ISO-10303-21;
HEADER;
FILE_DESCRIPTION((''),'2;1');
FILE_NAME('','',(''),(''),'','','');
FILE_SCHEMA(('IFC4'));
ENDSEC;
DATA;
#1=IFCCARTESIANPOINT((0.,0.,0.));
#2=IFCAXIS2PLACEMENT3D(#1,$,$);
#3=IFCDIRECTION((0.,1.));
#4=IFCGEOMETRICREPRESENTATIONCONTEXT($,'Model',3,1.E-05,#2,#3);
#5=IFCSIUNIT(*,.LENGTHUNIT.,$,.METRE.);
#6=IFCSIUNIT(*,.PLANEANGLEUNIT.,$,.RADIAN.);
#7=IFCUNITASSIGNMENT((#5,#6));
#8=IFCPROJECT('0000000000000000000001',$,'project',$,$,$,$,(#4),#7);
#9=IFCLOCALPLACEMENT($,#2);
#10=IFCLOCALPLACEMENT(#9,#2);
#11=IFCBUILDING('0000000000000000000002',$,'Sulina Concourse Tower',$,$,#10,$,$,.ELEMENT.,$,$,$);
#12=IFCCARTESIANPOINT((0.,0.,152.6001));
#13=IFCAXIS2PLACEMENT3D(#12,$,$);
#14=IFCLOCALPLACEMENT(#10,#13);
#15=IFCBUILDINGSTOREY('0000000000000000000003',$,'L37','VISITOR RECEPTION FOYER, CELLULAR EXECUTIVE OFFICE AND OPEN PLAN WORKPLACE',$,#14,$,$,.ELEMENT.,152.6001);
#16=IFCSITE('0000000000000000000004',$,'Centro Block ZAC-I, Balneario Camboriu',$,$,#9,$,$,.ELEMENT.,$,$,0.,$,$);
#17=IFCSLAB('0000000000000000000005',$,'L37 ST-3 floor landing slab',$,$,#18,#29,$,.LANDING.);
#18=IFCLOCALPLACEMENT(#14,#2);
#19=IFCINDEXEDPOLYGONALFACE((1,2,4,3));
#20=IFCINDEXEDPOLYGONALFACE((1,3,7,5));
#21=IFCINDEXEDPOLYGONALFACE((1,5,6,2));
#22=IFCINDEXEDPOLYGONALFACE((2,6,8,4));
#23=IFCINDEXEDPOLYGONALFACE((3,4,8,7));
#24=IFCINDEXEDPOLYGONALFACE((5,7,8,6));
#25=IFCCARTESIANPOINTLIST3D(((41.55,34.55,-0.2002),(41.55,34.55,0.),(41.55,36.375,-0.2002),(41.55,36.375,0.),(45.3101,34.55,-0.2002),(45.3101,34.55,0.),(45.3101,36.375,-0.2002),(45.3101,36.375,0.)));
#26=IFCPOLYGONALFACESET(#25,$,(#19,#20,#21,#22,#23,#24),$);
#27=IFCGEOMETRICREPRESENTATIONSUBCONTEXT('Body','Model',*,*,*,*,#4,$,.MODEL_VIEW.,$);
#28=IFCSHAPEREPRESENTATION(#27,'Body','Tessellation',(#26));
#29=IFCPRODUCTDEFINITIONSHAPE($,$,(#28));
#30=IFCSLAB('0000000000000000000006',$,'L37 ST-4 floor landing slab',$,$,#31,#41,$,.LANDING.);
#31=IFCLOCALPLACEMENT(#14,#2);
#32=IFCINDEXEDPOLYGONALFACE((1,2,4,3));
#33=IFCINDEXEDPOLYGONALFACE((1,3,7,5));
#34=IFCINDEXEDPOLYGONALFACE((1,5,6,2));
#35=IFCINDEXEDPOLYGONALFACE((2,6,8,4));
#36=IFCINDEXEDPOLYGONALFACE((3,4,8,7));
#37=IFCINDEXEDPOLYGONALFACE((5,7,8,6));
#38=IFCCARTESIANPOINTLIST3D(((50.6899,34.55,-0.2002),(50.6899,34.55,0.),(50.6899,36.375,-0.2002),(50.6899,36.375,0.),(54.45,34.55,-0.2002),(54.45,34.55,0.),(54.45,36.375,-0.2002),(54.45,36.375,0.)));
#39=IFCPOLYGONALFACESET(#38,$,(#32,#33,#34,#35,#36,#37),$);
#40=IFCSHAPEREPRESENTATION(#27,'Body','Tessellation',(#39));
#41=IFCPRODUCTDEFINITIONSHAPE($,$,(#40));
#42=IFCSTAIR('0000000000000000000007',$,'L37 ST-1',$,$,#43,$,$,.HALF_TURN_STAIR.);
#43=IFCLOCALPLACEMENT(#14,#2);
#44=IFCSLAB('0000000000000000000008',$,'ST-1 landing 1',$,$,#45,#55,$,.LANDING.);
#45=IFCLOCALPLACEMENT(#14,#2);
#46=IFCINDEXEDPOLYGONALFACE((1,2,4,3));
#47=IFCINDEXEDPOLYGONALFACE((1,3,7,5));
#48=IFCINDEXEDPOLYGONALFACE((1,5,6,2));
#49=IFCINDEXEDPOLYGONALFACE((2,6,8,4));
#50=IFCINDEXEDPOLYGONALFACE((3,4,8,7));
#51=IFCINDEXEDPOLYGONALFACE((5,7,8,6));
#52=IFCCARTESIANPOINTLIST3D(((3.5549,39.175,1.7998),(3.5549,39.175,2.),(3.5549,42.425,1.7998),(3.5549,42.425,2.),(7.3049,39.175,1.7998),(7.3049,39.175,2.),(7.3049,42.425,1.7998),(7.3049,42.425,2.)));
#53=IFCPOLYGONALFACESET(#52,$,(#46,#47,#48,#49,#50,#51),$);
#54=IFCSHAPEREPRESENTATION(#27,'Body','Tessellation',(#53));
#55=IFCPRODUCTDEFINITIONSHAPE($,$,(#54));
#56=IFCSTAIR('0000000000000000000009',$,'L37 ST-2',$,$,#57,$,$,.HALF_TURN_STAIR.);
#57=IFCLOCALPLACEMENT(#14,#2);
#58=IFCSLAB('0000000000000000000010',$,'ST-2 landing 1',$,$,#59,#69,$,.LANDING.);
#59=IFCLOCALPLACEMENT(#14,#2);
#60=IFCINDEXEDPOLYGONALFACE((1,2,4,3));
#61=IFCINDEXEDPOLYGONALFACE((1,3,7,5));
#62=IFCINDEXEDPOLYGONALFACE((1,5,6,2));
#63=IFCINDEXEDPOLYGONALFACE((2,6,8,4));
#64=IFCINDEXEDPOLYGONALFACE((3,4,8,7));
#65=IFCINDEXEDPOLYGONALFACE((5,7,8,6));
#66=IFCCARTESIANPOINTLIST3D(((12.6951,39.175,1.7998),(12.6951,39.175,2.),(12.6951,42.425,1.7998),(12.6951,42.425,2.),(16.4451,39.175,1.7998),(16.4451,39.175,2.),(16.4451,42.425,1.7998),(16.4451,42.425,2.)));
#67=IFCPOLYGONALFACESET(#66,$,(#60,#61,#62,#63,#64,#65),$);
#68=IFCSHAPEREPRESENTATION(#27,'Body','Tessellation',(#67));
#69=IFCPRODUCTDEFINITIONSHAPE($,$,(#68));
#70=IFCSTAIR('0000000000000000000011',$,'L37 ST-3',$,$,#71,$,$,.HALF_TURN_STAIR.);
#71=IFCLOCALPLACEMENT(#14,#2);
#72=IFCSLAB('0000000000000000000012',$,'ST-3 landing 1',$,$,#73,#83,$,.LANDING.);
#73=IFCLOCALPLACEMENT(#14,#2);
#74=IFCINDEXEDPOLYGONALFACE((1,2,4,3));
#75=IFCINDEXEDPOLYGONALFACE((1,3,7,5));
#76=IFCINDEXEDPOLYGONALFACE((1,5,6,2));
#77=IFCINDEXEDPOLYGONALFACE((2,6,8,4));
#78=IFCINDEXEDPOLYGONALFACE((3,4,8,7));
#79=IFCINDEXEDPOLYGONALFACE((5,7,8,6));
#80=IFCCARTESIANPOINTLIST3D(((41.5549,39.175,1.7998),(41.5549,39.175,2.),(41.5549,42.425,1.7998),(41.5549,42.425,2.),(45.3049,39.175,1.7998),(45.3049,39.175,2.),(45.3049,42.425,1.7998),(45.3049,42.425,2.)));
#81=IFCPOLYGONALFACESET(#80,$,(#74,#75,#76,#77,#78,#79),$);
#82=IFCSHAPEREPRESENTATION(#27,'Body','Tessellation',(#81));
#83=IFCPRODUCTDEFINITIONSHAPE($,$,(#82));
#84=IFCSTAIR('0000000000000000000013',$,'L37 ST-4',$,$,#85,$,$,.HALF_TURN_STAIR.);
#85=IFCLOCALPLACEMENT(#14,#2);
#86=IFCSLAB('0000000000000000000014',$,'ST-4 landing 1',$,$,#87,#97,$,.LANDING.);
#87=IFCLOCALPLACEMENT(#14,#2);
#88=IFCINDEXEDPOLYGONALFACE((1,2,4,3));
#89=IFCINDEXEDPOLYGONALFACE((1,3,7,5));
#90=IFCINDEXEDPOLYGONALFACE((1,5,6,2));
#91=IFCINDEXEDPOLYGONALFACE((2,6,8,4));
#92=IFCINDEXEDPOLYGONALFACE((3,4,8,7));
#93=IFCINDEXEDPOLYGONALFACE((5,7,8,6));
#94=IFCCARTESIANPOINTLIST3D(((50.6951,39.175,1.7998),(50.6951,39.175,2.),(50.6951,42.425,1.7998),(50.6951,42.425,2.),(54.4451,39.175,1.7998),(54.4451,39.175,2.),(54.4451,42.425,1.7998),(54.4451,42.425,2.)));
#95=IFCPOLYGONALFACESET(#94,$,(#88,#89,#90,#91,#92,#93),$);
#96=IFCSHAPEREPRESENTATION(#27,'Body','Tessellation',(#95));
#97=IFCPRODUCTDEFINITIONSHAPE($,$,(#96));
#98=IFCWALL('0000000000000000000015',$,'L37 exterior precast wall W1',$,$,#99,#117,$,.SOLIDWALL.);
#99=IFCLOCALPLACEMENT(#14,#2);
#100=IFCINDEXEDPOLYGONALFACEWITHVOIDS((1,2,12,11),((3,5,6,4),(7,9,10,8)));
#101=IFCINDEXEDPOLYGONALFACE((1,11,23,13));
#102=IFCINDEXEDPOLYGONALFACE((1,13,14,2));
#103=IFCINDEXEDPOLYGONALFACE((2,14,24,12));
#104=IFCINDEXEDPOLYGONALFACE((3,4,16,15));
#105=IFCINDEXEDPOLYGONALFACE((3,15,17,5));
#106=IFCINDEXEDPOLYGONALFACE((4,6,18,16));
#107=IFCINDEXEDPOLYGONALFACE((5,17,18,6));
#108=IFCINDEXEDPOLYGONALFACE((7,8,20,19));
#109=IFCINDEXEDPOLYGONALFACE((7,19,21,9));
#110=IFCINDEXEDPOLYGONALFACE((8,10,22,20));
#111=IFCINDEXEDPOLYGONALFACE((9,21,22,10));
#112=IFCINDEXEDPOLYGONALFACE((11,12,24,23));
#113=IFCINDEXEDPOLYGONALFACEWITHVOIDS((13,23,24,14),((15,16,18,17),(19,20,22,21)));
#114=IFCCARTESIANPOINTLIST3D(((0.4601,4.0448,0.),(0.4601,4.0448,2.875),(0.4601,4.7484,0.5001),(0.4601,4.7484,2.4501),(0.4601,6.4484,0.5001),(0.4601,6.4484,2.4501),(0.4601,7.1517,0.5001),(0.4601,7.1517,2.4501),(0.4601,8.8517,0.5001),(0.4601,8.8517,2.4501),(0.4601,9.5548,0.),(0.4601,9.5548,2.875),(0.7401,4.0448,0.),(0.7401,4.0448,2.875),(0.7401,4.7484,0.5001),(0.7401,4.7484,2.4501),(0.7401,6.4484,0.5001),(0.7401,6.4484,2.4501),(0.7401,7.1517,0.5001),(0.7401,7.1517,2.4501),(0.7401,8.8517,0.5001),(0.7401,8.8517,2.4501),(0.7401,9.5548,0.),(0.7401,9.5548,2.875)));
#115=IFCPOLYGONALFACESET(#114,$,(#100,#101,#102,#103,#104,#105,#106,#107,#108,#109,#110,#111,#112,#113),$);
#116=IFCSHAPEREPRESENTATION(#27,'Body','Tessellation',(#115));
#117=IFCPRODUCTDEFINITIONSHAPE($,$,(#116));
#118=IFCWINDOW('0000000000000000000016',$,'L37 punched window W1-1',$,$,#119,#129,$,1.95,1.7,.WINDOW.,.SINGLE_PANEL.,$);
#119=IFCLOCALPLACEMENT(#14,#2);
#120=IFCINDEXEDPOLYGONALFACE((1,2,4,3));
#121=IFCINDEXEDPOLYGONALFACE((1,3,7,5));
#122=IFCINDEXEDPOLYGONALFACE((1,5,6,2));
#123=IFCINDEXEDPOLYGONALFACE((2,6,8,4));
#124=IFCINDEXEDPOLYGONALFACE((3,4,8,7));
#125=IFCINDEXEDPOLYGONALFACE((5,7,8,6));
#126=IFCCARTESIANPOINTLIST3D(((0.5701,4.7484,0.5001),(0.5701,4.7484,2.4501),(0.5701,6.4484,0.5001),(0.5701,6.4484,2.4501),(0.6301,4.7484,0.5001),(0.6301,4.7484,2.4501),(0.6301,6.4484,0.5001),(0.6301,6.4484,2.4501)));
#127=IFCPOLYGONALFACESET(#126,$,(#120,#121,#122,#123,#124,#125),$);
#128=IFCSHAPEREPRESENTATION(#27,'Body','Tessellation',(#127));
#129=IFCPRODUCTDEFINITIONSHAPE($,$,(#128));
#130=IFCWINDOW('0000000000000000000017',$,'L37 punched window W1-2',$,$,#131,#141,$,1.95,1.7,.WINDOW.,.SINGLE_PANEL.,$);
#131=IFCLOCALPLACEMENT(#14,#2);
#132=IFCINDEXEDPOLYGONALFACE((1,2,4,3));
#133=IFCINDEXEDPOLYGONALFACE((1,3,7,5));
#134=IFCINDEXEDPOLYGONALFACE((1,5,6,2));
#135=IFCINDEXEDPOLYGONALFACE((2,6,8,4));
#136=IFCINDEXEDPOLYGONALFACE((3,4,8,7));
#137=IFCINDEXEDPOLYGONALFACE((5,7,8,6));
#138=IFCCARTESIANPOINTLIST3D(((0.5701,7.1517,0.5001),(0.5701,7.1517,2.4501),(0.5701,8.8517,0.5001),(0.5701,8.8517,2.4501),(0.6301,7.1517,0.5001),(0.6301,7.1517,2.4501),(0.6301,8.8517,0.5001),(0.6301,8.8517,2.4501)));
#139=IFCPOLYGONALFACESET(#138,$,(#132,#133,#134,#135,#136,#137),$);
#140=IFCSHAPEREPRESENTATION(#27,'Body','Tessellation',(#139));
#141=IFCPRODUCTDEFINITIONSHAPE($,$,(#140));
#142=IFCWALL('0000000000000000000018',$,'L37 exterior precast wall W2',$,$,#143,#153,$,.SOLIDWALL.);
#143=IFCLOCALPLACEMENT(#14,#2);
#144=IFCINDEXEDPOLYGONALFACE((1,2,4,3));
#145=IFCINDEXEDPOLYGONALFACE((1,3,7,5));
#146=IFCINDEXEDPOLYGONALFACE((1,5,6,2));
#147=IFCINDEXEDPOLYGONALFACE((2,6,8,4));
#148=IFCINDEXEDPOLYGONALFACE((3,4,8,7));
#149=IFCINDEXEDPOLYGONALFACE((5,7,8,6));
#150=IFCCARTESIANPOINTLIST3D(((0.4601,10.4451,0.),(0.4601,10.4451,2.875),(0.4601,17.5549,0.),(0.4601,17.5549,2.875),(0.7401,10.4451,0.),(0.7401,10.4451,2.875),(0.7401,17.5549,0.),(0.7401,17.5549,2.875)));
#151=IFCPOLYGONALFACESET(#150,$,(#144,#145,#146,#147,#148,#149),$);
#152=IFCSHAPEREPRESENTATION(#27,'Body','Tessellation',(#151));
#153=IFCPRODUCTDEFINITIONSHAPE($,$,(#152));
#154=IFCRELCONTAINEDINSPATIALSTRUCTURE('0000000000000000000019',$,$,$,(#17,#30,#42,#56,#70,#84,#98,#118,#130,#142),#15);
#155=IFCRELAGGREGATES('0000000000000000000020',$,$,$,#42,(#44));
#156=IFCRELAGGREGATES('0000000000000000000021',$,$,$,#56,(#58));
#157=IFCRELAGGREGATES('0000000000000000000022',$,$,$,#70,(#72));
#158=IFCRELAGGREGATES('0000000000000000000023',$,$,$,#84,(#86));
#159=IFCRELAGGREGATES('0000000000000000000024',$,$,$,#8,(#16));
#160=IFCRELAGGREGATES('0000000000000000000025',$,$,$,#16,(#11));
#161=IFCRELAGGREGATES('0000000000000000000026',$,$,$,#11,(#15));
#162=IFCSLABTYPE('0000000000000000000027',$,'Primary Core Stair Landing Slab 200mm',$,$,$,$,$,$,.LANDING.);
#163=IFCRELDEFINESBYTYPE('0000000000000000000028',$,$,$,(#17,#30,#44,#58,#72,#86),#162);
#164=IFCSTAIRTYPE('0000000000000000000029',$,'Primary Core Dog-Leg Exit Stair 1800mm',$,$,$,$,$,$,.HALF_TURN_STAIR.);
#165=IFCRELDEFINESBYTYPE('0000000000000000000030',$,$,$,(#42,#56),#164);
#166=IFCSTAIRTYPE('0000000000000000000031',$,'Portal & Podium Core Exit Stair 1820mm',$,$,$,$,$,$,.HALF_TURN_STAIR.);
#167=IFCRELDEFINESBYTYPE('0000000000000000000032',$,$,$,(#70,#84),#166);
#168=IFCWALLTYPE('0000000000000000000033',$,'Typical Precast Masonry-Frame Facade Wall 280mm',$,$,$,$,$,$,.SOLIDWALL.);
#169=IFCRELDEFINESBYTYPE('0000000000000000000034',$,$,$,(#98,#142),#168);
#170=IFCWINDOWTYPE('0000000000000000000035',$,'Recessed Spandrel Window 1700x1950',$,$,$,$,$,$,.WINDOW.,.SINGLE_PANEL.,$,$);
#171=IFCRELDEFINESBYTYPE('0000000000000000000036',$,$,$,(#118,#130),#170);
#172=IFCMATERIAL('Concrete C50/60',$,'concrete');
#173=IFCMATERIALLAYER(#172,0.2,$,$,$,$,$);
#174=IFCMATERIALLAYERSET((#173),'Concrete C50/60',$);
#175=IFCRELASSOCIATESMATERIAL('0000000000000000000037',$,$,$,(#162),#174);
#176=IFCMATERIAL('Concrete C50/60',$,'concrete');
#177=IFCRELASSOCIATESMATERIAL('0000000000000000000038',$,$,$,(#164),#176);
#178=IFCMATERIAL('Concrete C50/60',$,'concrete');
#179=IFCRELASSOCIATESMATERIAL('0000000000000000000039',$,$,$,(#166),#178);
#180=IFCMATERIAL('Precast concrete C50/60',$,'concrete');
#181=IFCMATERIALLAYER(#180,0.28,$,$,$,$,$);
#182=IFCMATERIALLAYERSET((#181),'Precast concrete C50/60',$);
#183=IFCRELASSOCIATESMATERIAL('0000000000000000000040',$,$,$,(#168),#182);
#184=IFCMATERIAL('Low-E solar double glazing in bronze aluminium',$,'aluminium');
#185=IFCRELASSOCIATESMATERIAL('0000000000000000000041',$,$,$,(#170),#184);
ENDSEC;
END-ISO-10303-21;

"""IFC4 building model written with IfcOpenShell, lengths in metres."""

from ifc_helpers import new_model, si_unit, direction, frame, frame_2d, origin, place, context, subcontext, project, spatial, polyline, rectangle, outline, extrude, material, layer, layer_set, type_object, element, fill, aggregate, save


model = new_model("IFC4")

# Units and contexts
model_context = context("Model", 3, precision=1e-05, world=origin(), true_north=direction((0.0, 1.0)))
body_context = subcontext(model_context, "Body", "Model", "MODEL_VIEW")
ifc_project = project(units=[si_unit("LENGTHUNIT", "METRE"), si_unit("PLANEANGLEUNIT", "RADIAN")], contexts=[model_context])

# Site, building, storey
site_placement = place(None, origin())
site = spatial("IfcSite", under=ifc_project, at=site_placement, Name="Centro Block ZAC-I, Balneario Camboriu", CompositionType="ELEMENT", RefElevation=0.0)
building_placement = place(site_placement, origin())
building = spatial("IfcBuilding", under=site, at=building_placement, Name="Sulina Concourse Tower", CompositionType="ELEMENT")
storey_placement = place(building_placement, frame((0.0, 0.0, 152.6001)))
storey = spatial("IfcBuildingStorey", under=building, at=storey_placement, Name="L37", Description="VISITOR RECEPTION FOYER, CELLULAR EXECUTIVE OFFICE AND OPEN PLAN WORKPLACE", CompositionType="ELEMENT", Elevation=152.6001)

# Slabs
ifc_material_1 = material(Name="Concrete C50/60", Category="concrete")
ifc_layer_1 = layer(ifc_material_1, 0.2)
ifc_layer_set_1 = layer_set([ifc_layer_1], Name="Concrete C50/60")
slab_type_1 = type_object("IfcSlabType", Name="Primary Core Stair Landing Slab 200mm", PredefinedType="LANDING", material=ifc_layer_set_1)
slab_1_placement = place(storey_placement, frame((0.0, 0.0, -0.2002)))
element("IfcSlab", 1, at=slab_1_placement, inside=storey, type_object=slab_type_1, Name="L37 ST-3 floor landing slab", PredefinedType="LANDING", context=body_context, shape_type="SweptSolid", body=[
    extrude(outline(polyline([(45.3101, 34.55), (45.3101, 36.375), (41.55, 36.375), (41.55, 34.55), (45.3101, 34.55)])), origin(), (0.0, 0.0, 1.0), 0.2002),
])
slab_2_placement = place(storey_placement, frame((0.0, 0.0, -0.2002)))
element("IfcSlab", 2, at=slab_2_placement, inside=storey, type_object=slab_type_1, Name="L37 ST-4 floor landing slab", PredefinedType="LANDING", context=body_context, shape_type="SweptSolid", body=[
    extrude(outline(polyline([(54.45, 34.55), (54.45, 36.375), (50.6899, 36.375), (50.6899, 34.55), (54.45, 34.55)])), origin(), (0.0, 0.0, 1.0), 0.2002),
])

# Stairs, slabs
ifc_material_2 = material(Name="Concrete C50/60", Category="concrete")
stair_type_1 = type_object("IfcStairType", Name="Primary Core Dog-Leg Exit Stair 1800mm", PredefinedType="HALF_TURN_STAIR", material=ifc_material_2)
stair_1_placement = place(storey_placement, origin())
stair_1 = element("IfcStair", 3, at=stair_1_placement, inside=storey, type_object=stair_type_1, Name="L37 ST-1", PredefinedType="HALF_TURN_STAIR")
slab_3_placement = place(storey_placement, frame((0.0, 0.0, 1.7998)))
slab_3 = element("IfcSlab", 4, at=slab_3_placement, type_object=slab_type_1, Name="ST-1 landing 1", PredefinedType="LANDING", context=body_context, shape_type="SweptSolid", body=[
    extrude(outline(polyline([(7.3049, 39.175), (7.3049, 42.425), (3.5549, 42.425), (3.5549, 39.175), (7.3049, 39.175)])), origin(), (0.0, 0.0, 1.0), 0.2002),
])
aggregate(stair_1, [slab_3])
stair_2_placement = place(storey_placement, origin())
stair_2 = element("IfcStair", 5, at=stair_2_placement, inside=storey, type_object=stair_type_1, Name="L37 ST-2", PredefinedType="HALF_TURN_STAIR")
slab_4_placement = place(storey_placement, frame((0.0, 0.0, 1.7998)))
slab_4 = element("IfcSlab", 6, at=slab_4_placement, type_object=slab_type_1, Name="ST-2 landing 1", PredefinedType="LANDING", context=body_context, shape_type="SweptSolid", body=[
    extrude(outline(polyline([(16.4451, 39.175), (16.4451, 42.425), (12.6951, 42.425), (12.6951, 39.175), (16.4451, 39.175)])), origin(), (0.0, 0.0, 1.0), 0.2002),
])
aggregate(stair_2, [slab_4])
ifc_material_3 = material(Name="Concrete C50/60", Category="concrete")
stair_type_2 = type_object("IfcStairType", Name="Portal & Podium Core Exit Stair 1820mm", PredefinedType="HALF_TURN_STAIR", material=ifc_material_3)
stair_3_placement = place(storey_placement, origin())
stair_3 = element("IfcStair", 7, at=stair_3_placement, inside=storey, type_object=stair_type_2, Name="L37 ST-3", PredefinedType="HALF_TURN_STAIR")
slab_5_placement = place(storey_placement, frame((0.0, 0.0, 1.7998)))
slab_5 = element("IfcSlab", 8, at=slab_5_placement, type_object=slab_type_1, Name="ST-3 landing 1", PredefinedType="LANDING", context=body_context, shape_type="SweptSolid", body=[
    extrude(outline(polyline([(45.3049, 39.175), (45.3049, 42.425), (41.5549, 42.425), (41.5549, 39.175), (45.3049, 39.175)])), origin(), (0.0, 0.0, 1.0), 0.2002),
])
aggregate(stair_3, [slab_5])
stair_4_placement = place(storey_placement, origin())
stair_4 = element("IfcStair", 9, at=stair_4_placement, inside=storey, type_object=stair_type_2, Name="L37 ST-4", PredefinedType="HALF_TURN_STAIR")
slab_6_placement = place(storey_placement, frame((0.0, 0.0, 1.7998)))
slab_6 = element("IfcSlab", 10, at=slab_6_placement, type_object=slab_type_1, Name="ST-4 landing 1", PredefinedType="LANDING", context=body_context, shape_type="SweptSolid", body=[
    extrude(outline(polyline([(54.4451, 39.175), (54.4451, 42.425), (50.6951, 42.425), (50.6951, 39.175), (54.4451, 39.175)])), origin(), (0.0, 0.0, 1.0), 0.2002),
])
aggregate(stair_4, [slab_6])

# Wall, openings, windows
ifc_material_4 = material(Name="Precast concrete C50/60", Category="concrete")
ifc_layer_2 = layer(ifc_material_4, 0.28)
ifc_layer_set_2 = layer_set([ifc_layer_2], Name="Precast concrete C50/60")
wall_type = type_object("IfcWallType", Name="Typical Precast Masonry-Frame Facade Wall 280mm", PredefinedType="SOLIDWALL", material=ifc_layer_set_2)
wall_1_placement = place(storey_placement, frame((0.6001, 4.0449, 0.0), z_axis=(0.0, 0.0, 1.0), x_axis=(0.0, 1.0, 0.0)))
wall_1 = element("IfcWall", 11, at=wall_1_placement, inside=storey, type_object=wall_type, Name="L37 exterior precast wall W1", PredefinedType="SOLIDWALL", context=body_context, shape_type="SweptSolid", body=[
    extrude(rectangle(XDim=5.51, YDim=0.28, at=frame_2d((2.7549, 0.0))), origin(), (0.0, 0.0, 1.0), 2.875),
])
opening_1_placement = place(wall_1_placement, frame((0.7034, 0.0, 0.5)))
opening_1 = element("IfcOpeningElement", 12, at=opening_1_placement, cuts=wall_1, PredefinedType="OPENING", context=body_context, shape_type="SweptSolid", body=[
    extrude(rectangle(XDim=1.7, YDim=1.95, at=frame_2d((0.8501, 0.9751))), frame((0.0, 0.1499, 0.0), z_axis=(0.0, -1.0, 0.0), x_axis=(1.0, 0.0, 0.0)), (0.0, 0.0, 1.0), 0.3),
])
opening_2_placement = place(wall_1_placement, frame((3.1067, 0.0, 0.5)))
opening_2 = element("IfcOpeningElement", 13, at=opening_2_placement, cuts=wall_1, PredefinedType="OPENING", context=body_context, shape_type="SweptSolid", body=[
    extrude(rectangle(XDim=1.7, YDim=1.95, at=frame_2d((0.8501, 0.9751))), frame((0.0, 0.1499, 0.0), z_axis=(0.0, -1.0, 0.0), x_axis=(1.0, 0.0, 0.0)), (0.0, 0.0, 1.0), 0.3),
])
ifc_material_5 = material(Name="Low-E solar double glazing in bronze aluminium", Category="aluminium")
window_type = type_object("IfcWindowType", Name="Recessed Spandrel Window 1700x1950", PartitioningType="SINGLE_PANEL", PredefinedType="WINDOW", material=ifc_material_5)
window_1_placement = place(opening_1_placement, origin())
window_1 = element("IfcWindow", 14, at=window_1_placement, inside=storey, type_object=window_type, Name="L37 punched window W1-1", OverallHeight=1.95, OverallWidth=1.7, PartitioningType="SINGLE_PANEL", PredefinedType="WINDOW", context=body_context, shape_type="SweptSolid", body=[
    extrude(rectangle(XDim=1.7, YDim=1.95, at=frame_2d((0.8501, 0.9751))), frame((0.0, 0.03, 0.0), z_axis=(0.0, -1.0, 0.0), x_axis=(1.0, 0.0, 0.0)), (0.0, 0.0, 1.0), 0.0601),
])
fill(opening_1, window_1)
window_2_placement = place(opening_2_placement, origin())
window_2 = element("IfcWindow", 15, at=window_2_placement, inside=storey, type_object=window_type, Name="L37 punched window W1-2", OverallHeight=1.95, OverallWidth=1.7, PartitioningType="SINGLE_PANEL", PredefinedType="WINDOW", context=body_context, shape_type="SweptSolid", body=[
    extrude(rectangle(XDim=1.7, YDim=1.95, at=frame_2d((0.8501, 0.9751))), frame((0.0, 0.03, 0.0), z_axis=(0.0, -1.0, 0.0), x_axis=(1.0, 0.0, 0.0)), (0.0, 0.0, 1.0), 0.0601),
])
fill(opening_2, window_2)

# Wall
wall_2_placement = place(storey_placement, frame((0.6001, 10.4451, 0.0), z_axis=(0.0, 0.0, 1.0), x_axis=(0.0, 1.0, 0.0)))
element("IfcWall", 16, at=wall_2_placement, inside=storey, type_object=wall_type, Name="L37 exterior precast wall W2", PredefinedType="SOLIDWALL", context=body_context, shape_type="SweptSolid", body=[
    extrude(rectangle(XDim=7.1099, YDim=0.28, at=frame_2d((3.5549, 0.0))), origin(), (0.0, 0.0, 1.0), 2.875),
])

save(model, "model.ifc")
